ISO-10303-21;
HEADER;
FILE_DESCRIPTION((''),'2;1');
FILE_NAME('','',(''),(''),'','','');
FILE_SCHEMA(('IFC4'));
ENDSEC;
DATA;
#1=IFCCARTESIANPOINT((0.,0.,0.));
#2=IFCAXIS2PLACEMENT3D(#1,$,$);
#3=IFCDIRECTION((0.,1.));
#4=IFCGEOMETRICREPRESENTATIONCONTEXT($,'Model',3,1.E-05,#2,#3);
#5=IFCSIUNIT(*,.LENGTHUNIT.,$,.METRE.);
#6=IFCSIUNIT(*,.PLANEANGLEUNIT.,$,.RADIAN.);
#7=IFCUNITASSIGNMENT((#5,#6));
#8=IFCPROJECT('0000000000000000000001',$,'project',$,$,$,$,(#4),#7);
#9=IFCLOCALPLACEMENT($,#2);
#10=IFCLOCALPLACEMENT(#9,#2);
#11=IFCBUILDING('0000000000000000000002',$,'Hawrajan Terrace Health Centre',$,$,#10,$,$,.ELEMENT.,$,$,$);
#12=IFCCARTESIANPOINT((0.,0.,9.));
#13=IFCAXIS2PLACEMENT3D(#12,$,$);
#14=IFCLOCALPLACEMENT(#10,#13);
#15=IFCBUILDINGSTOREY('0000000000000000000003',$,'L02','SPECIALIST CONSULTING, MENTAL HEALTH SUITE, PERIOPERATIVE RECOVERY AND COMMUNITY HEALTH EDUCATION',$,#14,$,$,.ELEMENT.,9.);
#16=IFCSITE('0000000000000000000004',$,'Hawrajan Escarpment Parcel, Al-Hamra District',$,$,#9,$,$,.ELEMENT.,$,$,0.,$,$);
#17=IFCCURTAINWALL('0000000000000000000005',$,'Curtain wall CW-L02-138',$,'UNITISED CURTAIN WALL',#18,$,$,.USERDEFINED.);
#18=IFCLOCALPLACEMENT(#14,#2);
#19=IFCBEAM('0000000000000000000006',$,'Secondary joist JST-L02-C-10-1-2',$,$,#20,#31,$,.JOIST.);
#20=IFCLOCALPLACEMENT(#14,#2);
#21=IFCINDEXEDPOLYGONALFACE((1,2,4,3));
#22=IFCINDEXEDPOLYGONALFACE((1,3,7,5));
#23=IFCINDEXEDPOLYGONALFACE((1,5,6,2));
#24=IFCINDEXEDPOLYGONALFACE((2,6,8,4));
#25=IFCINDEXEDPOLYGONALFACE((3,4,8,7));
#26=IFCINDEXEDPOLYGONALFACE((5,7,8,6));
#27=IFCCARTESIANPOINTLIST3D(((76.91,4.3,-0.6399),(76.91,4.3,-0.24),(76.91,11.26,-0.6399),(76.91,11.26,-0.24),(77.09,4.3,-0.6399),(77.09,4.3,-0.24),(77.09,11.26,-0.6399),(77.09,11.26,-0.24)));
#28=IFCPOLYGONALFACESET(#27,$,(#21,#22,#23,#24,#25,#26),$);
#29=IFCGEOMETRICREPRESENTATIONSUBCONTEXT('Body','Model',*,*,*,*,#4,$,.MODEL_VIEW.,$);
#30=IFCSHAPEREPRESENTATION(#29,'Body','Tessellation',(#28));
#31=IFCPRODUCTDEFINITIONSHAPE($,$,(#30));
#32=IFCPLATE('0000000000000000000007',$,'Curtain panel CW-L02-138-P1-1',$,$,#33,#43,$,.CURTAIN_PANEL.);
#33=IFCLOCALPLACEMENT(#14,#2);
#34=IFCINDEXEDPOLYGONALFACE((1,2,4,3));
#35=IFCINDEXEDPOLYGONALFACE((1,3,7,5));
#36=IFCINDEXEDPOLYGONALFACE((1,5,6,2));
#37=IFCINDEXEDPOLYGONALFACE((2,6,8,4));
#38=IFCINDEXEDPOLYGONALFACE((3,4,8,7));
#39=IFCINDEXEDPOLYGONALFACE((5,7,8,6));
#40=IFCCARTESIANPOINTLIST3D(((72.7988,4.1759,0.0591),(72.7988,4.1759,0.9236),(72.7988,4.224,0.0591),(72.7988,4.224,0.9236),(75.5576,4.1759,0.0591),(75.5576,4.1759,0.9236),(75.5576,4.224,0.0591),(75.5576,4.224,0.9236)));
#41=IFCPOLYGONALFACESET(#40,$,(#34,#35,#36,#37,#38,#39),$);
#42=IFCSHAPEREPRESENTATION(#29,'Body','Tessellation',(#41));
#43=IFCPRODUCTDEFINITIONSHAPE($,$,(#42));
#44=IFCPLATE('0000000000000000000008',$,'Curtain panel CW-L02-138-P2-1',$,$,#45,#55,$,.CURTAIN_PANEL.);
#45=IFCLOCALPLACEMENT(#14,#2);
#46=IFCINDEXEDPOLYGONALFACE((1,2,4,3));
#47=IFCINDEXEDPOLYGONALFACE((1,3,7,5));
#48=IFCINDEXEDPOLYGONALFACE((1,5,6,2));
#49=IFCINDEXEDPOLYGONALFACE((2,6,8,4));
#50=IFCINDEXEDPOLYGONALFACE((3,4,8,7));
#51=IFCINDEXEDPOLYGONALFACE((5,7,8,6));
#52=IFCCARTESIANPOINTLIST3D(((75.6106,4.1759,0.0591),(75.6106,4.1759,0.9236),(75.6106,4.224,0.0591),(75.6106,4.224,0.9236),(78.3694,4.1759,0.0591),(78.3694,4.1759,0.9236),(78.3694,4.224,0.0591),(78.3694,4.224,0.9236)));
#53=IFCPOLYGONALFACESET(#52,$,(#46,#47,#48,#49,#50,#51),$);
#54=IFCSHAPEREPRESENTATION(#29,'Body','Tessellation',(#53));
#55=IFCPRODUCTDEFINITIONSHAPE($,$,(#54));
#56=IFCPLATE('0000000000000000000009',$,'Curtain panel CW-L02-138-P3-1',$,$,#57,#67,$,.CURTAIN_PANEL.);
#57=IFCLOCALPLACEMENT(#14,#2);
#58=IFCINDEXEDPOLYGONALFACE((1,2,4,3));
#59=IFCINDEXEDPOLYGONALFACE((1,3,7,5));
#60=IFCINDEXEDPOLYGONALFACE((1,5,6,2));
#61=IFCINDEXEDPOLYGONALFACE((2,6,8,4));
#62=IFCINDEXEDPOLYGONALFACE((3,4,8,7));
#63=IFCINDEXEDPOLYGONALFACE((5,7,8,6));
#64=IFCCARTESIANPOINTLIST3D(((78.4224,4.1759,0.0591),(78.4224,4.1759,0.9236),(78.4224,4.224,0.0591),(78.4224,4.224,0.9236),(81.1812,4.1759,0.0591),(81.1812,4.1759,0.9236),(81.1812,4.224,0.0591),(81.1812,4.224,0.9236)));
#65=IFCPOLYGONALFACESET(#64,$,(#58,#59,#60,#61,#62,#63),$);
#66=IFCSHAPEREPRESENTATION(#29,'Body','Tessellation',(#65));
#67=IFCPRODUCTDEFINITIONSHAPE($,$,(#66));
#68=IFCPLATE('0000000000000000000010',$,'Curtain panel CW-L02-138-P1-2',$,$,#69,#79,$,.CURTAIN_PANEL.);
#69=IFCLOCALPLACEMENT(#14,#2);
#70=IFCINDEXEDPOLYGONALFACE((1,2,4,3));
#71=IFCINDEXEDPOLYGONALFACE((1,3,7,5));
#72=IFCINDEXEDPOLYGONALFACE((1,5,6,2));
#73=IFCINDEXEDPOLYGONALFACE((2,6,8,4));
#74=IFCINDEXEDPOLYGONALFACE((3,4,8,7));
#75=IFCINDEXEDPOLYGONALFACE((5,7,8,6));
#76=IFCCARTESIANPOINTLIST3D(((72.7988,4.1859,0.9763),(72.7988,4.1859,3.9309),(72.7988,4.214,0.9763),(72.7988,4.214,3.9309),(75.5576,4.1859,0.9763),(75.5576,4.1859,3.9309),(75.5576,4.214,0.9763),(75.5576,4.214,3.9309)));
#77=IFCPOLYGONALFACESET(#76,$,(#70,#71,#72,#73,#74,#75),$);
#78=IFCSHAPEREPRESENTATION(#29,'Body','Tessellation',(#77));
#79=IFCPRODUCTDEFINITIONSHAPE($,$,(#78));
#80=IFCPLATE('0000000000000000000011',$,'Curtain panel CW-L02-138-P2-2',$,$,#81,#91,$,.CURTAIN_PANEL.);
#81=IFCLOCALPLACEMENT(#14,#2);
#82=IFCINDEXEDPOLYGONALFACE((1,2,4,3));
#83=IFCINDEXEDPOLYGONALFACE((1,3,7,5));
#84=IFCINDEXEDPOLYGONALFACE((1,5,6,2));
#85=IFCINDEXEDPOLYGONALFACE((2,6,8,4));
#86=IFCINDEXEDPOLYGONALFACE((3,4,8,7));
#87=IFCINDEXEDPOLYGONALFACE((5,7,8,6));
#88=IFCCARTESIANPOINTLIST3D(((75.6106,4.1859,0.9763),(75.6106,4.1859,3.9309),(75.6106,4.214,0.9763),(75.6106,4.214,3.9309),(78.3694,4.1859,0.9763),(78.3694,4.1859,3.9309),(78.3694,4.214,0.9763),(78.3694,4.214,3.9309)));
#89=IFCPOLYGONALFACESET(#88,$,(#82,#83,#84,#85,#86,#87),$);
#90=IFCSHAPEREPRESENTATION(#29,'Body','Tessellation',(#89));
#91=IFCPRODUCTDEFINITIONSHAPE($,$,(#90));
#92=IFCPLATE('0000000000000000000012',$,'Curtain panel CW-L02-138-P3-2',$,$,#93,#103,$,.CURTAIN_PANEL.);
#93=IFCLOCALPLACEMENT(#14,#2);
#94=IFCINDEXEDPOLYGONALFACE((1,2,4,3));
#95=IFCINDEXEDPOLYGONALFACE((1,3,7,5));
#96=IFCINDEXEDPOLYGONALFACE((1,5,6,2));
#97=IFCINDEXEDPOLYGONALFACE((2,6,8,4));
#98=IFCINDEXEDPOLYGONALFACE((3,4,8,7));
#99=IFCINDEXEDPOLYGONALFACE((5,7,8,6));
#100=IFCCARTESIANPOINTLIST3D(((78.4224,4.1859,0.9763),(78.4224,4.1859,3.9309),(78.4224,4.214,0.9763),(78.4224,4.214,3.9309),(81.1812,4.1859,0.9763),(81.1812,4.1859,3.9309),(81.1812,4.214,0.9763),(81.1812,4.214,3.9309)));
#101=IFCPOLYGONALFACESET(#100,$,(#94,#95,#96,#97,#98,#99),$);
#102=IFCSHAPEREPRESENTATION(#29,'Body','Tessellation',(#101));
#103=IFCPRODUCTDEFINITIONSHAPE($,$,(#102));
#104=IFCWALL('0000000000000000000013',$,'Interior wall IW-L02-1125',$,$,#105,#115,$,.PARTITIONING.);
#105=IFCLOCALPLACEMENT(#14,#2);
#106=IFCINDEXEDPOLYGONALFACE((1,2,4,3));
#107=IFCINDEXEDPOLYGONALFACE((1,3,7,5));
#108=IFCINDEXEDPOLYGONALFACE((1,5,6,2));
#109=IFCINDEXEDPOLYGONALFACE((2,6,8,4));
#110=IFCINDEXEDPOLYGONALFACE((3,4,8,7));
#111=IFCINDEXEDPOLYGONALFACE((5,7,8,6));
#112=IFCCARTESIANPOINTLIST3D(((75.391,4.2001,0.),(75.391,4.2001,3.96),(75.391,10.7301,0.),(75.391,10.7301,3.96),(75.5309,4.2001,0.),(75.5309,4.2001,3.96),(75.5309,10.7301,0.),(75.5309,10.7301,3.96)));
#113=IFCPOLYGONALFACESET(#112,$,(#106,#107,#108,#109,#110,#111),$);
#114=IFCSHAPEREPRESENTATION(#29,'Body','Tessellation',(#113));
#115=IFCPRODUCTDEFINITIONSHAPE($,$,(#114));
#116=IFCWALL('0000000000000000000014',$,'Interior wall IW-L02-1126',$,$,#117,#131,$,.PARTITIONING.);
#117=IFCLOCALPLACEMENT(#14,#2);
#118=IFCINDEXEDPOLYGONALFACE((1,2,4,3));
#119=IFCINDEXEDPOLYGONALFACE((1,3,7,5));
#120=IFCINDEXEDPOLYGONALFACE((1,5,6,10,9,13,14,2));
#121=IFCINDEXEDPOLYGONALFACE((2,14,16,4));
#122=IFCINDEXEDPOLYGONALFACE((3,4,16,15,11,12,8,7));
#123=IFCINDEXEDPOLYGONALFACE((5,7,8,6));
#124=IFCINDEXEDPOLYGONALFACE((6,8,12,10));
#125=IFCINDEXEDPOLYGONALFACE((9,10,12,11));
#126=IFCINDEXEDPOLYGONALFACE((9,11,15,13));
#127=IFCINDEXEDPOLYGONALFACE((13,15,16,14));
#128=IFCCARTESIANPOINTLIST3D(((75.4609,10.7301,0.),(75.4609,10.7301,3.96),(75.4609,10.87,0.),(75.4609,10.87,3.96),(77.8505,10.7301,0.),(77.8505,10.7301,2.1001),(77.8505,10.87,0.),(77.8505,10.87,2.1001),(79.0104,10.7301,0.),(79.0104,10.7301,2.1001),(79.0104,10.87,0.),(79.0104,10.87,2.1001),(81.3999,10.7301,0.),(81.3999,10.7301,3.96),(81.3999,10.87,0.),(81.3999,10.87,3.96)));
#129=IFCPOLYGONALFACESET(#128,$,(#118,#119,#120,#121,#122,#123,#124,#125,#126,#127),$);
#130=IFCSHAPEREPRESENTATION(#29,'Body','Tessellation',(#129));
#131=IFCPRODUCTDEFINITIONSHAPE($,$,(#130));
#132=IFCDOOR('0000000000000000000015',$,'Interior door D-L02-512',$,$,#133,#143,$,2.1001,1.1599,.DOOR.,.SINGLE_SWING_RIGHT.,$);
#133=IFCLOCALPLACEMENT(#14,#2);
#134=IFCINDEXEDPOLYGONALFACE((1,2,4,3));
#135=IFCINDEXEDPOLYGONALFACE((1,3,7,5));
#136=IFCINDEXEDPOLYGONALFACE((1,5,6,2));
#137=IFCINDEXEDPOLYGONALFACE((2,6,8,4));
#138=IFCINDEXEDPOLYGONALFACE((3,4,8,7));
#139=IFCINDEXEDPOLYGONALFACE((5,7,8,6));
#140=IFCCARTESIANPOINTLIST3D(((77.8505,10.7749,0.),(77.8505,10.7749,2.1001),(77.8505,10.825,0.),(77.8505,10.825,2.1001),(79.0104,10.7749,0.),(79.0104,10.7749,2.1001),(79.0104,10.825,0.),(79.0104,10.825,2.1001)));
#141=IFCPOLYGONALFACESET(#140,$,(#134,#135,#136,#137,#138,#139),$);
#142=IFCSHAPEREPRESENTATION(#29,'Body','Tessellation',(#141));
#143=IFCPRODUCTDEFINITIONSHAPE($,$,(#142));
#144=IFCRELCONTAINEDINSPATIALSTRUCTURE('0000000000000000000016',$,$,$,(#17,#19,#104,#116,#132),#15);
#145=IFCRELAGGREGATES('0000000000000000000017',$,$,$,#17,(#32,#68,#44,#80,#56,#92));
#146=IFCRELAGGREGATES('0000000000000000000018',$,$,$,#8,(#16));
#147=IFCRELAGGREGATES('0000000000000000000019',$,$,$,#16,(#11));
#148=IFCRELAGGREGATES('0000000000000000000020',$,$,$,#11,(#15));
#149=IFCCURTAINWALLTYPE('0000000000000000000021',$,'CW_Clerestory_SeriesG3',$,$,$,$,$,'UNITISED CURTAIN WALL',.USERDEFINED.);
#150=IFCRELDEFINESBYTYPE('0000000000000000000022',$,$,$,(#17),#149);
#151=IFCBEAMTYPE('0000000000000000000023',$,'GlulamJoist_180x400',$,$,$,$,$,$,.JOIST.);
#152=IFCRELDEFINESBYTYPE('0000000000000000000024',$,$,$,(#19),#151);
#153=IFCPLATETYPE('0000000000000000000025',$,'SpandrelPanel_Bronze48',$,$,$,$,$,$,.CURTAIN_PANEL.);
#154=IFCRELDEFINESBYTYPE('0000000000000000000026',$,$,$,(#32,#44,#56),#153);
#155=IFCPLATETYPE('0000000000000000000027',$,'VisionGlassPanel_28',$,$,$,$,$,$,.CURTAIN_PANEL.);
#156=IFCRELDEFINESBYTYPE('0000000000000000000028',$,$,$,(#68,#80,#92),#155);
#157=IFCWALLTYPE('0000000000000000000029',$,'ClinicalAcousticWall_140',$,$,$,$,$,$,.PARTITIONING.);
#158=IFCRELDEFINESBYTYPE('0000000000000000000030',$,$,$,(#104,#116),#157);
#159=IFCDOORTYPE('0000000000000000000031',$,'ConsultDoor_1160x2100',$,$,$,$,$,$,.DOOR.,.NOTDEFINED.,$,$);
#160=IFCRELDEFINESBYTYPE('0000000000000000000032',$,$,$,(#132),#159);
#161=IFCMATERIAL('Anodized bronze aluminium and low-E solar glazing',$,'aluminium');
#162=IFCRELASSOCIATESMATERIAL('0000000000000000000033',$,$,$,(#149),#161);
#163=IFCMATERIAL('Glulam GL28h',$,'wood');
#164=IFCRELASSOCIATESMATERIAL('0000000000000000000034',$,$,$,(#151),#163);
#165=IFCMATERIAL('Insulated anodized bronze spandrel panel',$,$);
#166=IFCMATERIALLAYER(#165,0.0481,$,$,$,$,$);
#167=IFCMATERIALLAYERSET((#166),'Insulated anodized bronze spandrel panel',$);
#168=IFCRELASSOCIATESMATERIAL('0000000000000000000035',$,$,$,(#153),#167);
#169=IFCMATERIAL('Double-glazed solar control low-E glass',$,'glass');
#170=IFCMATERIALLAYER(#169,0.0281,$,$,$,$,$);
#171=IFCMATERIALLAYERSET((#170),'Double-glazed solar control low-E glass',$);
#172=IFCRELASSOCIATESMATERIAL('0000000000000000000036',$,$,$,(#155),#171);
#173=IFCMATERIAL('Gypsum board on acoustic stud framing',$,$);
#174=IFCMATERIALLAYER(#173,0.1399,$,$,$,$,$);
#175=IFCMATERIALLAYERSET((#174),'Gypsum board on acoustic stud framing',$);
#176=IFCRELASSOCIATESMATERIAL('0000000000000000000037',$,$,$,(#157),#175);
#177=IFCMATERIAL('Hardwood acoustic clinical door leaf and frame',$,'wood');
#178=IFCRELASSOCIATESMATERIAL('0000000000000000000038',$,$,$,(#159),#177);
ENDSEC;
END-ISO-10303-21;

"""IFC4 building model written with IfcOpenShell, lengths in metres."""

from ifc_helpers import new_model, si_unit, direction, frame, frame_2d, origin, origin_2d, place, context, subcontext, project, spatial, rectangle, extrude, material, layer, layer_set, material_profile, profile_set, type_object, element, fill, aggregate, save


model = new_model("IFC4")

# Units and contexts
model_context = context("Model", 3, precision=1e-05, world=origin(), true_north=direction((0.0, 1.0)))
body_context = subcontext(model_context, "Body", "Model", "MODEL_VIEW")
ifc_project = project(units=[si_unit("LENGTHUNIT", "METRE"), si_unit("PLANEANGLEUNIT", "RADIAN")], contexts=[model_context])

# Site, building, storey
site_placement = place(None, origin())
site = spatial("IfcSite", under=ifc_project, at=site_placement, Name="Hawrajan Escarpment Parcel, Al-Hamra District", CompositionType="ELEMENT", RefElevation=0.0)
building_placement = place(site_placement, origin())
building = spatial("IfcBuilding", under=site, at=building_placement, Name="Hawrajan Terrace Health Centre", CompositionType="ELEMENT")
storey_placement = place(building_placement, frame((0.0, 0.0, 9.0)))
storey = spatial("IfcBuildingStorey", under=building, at=storey_placement, Name="L02", Description="SPECIALIST CONSULTING, MENTAL HEALTH SUITE, PERIOPERATIVE RECOVERY AND COMMUNITY HEALTH EDUCATION", CompositionType="ELEMENT", Elevation=9.0)

# Curtain wall
ifc_material_1 = material(Name="Anodized bronze aluminium and low-E solar glazing", Category="aluminium")
curtain_wall_type = type_object("IfcCurtainWallType", Name="CW_Clerestory_SeriesG3", ElementType="UNITISED CURTAIN WALL", PredefinedType="USERDEFINED", material=ifc_material_1)
curtain_wall_placement = place(storey_placement, origin())
curtain_wall = element("IfcCurtainWall", 1, at=curtain_wall_placement, inside=storey, type_object=curtain_wall_type, Name="Curtain wall CW-L02-138", ObjectType="UNITISED CURTAIN WALL", PredefinedType="USERDEFINED")

# Beam
ifc_material_2 = material(Name="Glulam GL28h", Category="wood")
ifc_material_profile_1 = material_profile(ifc_material_2, rectangle(XDim=0.1799, YDim=0.3999, at=origin_2d()), Name="GL JST 180x400")
ifc_profile_set_1 = profile_set([ifc_material_profile_1], Name="Glulam GL28h")
beam_type_1 = type_object("IfcBeamType", Name="GlulamJoist_180x400", PredefinedType="JOIST", material=ifc_profile_set_1)
beam_placement = place(storey_placement, frame((77.0, 4.3, -0.4399), z_axis=(0.0, 1.0, 0.0), x_axis=(-1.0, 0.0, 0.0)))
element("IfcBeam", 2, at=beam_placement, inside=storey, type_object=beam_type_1, Name="Secondary joist JST-L02-C-10-1-2", PredefinedType="JOIST", context=body_context, shape_type="SweptSolid", body=[
    extrude(rectangle(XDim=0.1799, YDim=0.3999, at=origin_2d()), origin(), (0.0, 0.0, 1.0), 6.96),
])

# Plates
ifc_material_3 = material(Name="Insulated anodized bronze spandrel panel")
ifc_layer_1 = layer(ifc_material_3, 0.0481)
ifc_layer_set_1 = layer_set([ifc_layer_1], Name="Insulated anodized bronze spandrel panel")
plate_type_1 = type_object("IfcPlateType", Name="SpandrelPanel_Bronze48", PredefinedType="CURTAIN_PANEL", material=ifc_layer_set_1)
plate_1_placement = place(storey_placement, frame((74.1782, 4.2, 0.0591), z_axis=(0.0, 0.0, 1.0), x_axis=(1.0, 0.0, 0.0)))
plate_1 = element("IfcPlate", 3, at=plate_1_placement, type_object=plate_type_1, Name="Curtain panel CW-L02-138-P1-1", PredefinedType="CURTAIN_PANEL", context=body_context, shape_type="SweptSolid", body=[
    extrude(rectangle(XDim=2.7588, YDim=0.0481, at=origin_2d()), origin(), (0.0, 0.0, 1.0), 0.8645),
])
plate_2_placement = place(storey_placement, frame((76.99, 4.2, 0.0591), z_axis=(0.0, 0.0, 1.0), x_axis=(1.0, 0.0, 0.0)))
plate_2 = element("IfcPlate", 4, at=plate_2_placement, type_object=plate_type_1, Name="Curtain panel CW-L02-138-P2-1", PredefinedType="CURTAIN_PANEL", context=body_context, shape_type="SweptSolid", body=[
    extrude(rectangle(XDim=2.7588, YDim=0.0481, at=origin_2d()), origin(), (0.0, 0.0, 1.0), 0.8645),
])
plate_3_placement = place(storey_placement, frame((79.8018, 4.2, 0.0591), z_axis=(0.0, 0.0, 1.0), x_axis=(1.0, 0.0, 0.0)))
plate_3 = element("IfcPlate", 5, at=plate_3_placement, type_object=plate_type_1, Name="Curtain panel CW-L02-138-P3-1", PredefinedType="CURTAIN_PANEL", context=body_context, shape_type="SweptSolid", body=[
    extrude(rectangle(XDim=2.7588, YDim=0.0481, at=origin_2d()), origin(), (0.0, 0.0, 1.0), 0.8645),
])
ifc_material_4 = material(Name="Double-glazed solar control low-E glass", Category="glass")
ifc_layer_2 = layer(ifc_material_4, 0.0281)
ifc_layer_set_2 = layer_set([ifc_layer_2], Name="Double-glazed solar control low-E glass")
plate_type_2 = type_object("IfcPlateType", Name="VisionGlassPanel_28", PredefinedType="CURTAIN_PANEL", material=ifc_layer_set_2)
plate_4_placement = place(storey_placement, frame((74.1782, 4.2, 0.9763), z_axis=(0.0, 0.0, 1.0), x_axis=(1.0, 0.0, 0.0)))
plate_4 = element("IfcPlate", 6, at=plate_4_placement, type_object=plate_type_2, Name="Curtain panel CW-L02-138-P1-2", PredefinedType="CURTAIN_PANEL", context=body_context, shape_type="SweptSolid", body=[
    extrude(rectangle(XDim=2.7588, YDim=0.0281, at=origin_2d()), origin(), (0.0, 0.0, 1.0), 2.9546),
])
plate_5_placement = place(storey_placement, frame((76.99, 4.2, 0.9763), z_axis=(0.0, 0.0, 1.0), x_axis=(1.0, 0.0, 0.0)))
plate_5 = element("IfcPlate", 7, at=plate_5_placement, type_object=plate_type_2, Name="Curtain panel CW-L02-138-P2-2", PredefinedType="CURTAIN_PANEL", context=body_context, shape_type="SweptSolid", body=[
    extrude(rectangle(XDim=2.7588, YDim=0.0281, at=origin_2d()), origin(), (0.0, 0.0, 1.0), 2.9546),
])
plate_6_placement = place(storey_placement, frame((79.8018, 4.2, 0.9763), z_axis=(0.0, 0.0, 1.0), x_axis=(1.0, 0.0, 0.0)))
plate_6 = element("IfcPlate", 8, at=plate_6_placement, type_object=plate_type_2, Name="Curtain panel CW-L02-138-P3-2", PredefinedType="CURTAIN_PANEL", context=body_context, shape_type="SweptSolid", body=[
    extrude(rectangle(XDim=2.7588, YDim=0.0281, at=origin_2d()), origin(), (0.0, 0.0, 1.0), 2.9546),
])
aggregate(curtain_wall, [plate_1, plate_4, plate_2, plate_5, plate_3, plate_6])

# Wall
ifc_material_5 = material(Name="Gypsum board on acoustic stud framing")
ifc_layer_3 = layer(ifc_material_5, 0.1399)
ifc_layer_set_3 = layer_set([ifc_layer_3], Name="Gypsum board on acoustic stud framing")
wall_type = type_object("IfcWallType", Name="ClinicalAcousticWall_140", PredefinedType="PARTITIONING", material=ifc_layer_set_3)
wall_1_placement = place(storey_placement, frame((75.4609, 4.2, 0.0), z_axis=(0.0, 0.0, 1.0), x_axis=(0.0, 1.0, 0.0)))
element("IfcWall", 9, at=wall_1_placement, inside=storey, type_object=wall_type, Name="Interior wall IW-L02-1125", PredefinedType="PARTITIONING", context=body_context, shape_type="SweptSolid", body=[
    extrude(rectangle(XDim=6.53, YDim=0.1399, at=frame_2d((3.2651, 0.0))), origin(), (0.0, 0.0, 1.0), 3.96),
])

# Wall, opening, door
wall_2_placement = place(storey_placement, frame((75.4609, 10.8, 0.0), z_axis=(0.0, 0.0, 1.0), x_axis=(1.0, 0.0, 0.0)))
wall_2 = element("IfcWall", 10, at=wall_2_placement, inside=storey, type_object=wall_type, Name="Interior wall IW-L02-1126", PredefinedType="PARTITIONING", context=body_context, shape_type="SweptSolid", body=[
    extrude(rectangle(XDim=5.939, YDim=0.1399, at=frame_2d((2.9695, 0.0))), origin(), (0.0, 0.0, 1.0), 3.96),
])
opening_placement = place(wall_2_placement, frame((2.3894, 0.0, 0.0)))
opening = element("IfcOpeningElement", 11, at=opening_placement, cuts=wall_2, PredefinedType="OPENING", context=body_context, shape_type="SweptSolid", body=[
    extrude(rectangle(XDim=1.1599, YDim=2.1001, at=frame_2d((0.5801, 1.05))), frame((0.0, 0.0798, 0.0), z_axis=(0.0, -1.0, 0.0), x_axis=(1.0, 0.0, 0.0)), (0.0, 0.0, 1.0), 0.1599),
])
ifc_material_6 = material(Name="Hardwood acoustic clinical door leaf and frame", Category="wood")
door_type = type_object("IfcDoorType", Name="ConsultDoor_1160x2100", OperationType="NOTDEFINED", PredefinedType="DOOR", material=ifc_material_6)
door_placement = place(opening_placement, origin())
door = element("IfcDoor", 12, at=door_placement, inside=storey, type_object=door_type, Name="Interior door D-L02-512", OperationType="SINGLE_SWING_RIGHT", OverallHeight=2.1001, OverallWidth=1.1599, PredefinedType="DOOR", context=body_context, shape_type="SweptSolid", body=[
    extrude(rectangle(XDim=1.1599, YDim=2.1001, at=frame_2d((0.5801, 1.05))), frame((0.0, 0.0249, 0.0), z_axis=(0.0, -1.0, 0.0), x_axis=(1.0, 0.0, 0.0)), (0.0, 0.0, 1.0), 0.05),
])
fill(opening, door)

save(model, "model.ifc")
